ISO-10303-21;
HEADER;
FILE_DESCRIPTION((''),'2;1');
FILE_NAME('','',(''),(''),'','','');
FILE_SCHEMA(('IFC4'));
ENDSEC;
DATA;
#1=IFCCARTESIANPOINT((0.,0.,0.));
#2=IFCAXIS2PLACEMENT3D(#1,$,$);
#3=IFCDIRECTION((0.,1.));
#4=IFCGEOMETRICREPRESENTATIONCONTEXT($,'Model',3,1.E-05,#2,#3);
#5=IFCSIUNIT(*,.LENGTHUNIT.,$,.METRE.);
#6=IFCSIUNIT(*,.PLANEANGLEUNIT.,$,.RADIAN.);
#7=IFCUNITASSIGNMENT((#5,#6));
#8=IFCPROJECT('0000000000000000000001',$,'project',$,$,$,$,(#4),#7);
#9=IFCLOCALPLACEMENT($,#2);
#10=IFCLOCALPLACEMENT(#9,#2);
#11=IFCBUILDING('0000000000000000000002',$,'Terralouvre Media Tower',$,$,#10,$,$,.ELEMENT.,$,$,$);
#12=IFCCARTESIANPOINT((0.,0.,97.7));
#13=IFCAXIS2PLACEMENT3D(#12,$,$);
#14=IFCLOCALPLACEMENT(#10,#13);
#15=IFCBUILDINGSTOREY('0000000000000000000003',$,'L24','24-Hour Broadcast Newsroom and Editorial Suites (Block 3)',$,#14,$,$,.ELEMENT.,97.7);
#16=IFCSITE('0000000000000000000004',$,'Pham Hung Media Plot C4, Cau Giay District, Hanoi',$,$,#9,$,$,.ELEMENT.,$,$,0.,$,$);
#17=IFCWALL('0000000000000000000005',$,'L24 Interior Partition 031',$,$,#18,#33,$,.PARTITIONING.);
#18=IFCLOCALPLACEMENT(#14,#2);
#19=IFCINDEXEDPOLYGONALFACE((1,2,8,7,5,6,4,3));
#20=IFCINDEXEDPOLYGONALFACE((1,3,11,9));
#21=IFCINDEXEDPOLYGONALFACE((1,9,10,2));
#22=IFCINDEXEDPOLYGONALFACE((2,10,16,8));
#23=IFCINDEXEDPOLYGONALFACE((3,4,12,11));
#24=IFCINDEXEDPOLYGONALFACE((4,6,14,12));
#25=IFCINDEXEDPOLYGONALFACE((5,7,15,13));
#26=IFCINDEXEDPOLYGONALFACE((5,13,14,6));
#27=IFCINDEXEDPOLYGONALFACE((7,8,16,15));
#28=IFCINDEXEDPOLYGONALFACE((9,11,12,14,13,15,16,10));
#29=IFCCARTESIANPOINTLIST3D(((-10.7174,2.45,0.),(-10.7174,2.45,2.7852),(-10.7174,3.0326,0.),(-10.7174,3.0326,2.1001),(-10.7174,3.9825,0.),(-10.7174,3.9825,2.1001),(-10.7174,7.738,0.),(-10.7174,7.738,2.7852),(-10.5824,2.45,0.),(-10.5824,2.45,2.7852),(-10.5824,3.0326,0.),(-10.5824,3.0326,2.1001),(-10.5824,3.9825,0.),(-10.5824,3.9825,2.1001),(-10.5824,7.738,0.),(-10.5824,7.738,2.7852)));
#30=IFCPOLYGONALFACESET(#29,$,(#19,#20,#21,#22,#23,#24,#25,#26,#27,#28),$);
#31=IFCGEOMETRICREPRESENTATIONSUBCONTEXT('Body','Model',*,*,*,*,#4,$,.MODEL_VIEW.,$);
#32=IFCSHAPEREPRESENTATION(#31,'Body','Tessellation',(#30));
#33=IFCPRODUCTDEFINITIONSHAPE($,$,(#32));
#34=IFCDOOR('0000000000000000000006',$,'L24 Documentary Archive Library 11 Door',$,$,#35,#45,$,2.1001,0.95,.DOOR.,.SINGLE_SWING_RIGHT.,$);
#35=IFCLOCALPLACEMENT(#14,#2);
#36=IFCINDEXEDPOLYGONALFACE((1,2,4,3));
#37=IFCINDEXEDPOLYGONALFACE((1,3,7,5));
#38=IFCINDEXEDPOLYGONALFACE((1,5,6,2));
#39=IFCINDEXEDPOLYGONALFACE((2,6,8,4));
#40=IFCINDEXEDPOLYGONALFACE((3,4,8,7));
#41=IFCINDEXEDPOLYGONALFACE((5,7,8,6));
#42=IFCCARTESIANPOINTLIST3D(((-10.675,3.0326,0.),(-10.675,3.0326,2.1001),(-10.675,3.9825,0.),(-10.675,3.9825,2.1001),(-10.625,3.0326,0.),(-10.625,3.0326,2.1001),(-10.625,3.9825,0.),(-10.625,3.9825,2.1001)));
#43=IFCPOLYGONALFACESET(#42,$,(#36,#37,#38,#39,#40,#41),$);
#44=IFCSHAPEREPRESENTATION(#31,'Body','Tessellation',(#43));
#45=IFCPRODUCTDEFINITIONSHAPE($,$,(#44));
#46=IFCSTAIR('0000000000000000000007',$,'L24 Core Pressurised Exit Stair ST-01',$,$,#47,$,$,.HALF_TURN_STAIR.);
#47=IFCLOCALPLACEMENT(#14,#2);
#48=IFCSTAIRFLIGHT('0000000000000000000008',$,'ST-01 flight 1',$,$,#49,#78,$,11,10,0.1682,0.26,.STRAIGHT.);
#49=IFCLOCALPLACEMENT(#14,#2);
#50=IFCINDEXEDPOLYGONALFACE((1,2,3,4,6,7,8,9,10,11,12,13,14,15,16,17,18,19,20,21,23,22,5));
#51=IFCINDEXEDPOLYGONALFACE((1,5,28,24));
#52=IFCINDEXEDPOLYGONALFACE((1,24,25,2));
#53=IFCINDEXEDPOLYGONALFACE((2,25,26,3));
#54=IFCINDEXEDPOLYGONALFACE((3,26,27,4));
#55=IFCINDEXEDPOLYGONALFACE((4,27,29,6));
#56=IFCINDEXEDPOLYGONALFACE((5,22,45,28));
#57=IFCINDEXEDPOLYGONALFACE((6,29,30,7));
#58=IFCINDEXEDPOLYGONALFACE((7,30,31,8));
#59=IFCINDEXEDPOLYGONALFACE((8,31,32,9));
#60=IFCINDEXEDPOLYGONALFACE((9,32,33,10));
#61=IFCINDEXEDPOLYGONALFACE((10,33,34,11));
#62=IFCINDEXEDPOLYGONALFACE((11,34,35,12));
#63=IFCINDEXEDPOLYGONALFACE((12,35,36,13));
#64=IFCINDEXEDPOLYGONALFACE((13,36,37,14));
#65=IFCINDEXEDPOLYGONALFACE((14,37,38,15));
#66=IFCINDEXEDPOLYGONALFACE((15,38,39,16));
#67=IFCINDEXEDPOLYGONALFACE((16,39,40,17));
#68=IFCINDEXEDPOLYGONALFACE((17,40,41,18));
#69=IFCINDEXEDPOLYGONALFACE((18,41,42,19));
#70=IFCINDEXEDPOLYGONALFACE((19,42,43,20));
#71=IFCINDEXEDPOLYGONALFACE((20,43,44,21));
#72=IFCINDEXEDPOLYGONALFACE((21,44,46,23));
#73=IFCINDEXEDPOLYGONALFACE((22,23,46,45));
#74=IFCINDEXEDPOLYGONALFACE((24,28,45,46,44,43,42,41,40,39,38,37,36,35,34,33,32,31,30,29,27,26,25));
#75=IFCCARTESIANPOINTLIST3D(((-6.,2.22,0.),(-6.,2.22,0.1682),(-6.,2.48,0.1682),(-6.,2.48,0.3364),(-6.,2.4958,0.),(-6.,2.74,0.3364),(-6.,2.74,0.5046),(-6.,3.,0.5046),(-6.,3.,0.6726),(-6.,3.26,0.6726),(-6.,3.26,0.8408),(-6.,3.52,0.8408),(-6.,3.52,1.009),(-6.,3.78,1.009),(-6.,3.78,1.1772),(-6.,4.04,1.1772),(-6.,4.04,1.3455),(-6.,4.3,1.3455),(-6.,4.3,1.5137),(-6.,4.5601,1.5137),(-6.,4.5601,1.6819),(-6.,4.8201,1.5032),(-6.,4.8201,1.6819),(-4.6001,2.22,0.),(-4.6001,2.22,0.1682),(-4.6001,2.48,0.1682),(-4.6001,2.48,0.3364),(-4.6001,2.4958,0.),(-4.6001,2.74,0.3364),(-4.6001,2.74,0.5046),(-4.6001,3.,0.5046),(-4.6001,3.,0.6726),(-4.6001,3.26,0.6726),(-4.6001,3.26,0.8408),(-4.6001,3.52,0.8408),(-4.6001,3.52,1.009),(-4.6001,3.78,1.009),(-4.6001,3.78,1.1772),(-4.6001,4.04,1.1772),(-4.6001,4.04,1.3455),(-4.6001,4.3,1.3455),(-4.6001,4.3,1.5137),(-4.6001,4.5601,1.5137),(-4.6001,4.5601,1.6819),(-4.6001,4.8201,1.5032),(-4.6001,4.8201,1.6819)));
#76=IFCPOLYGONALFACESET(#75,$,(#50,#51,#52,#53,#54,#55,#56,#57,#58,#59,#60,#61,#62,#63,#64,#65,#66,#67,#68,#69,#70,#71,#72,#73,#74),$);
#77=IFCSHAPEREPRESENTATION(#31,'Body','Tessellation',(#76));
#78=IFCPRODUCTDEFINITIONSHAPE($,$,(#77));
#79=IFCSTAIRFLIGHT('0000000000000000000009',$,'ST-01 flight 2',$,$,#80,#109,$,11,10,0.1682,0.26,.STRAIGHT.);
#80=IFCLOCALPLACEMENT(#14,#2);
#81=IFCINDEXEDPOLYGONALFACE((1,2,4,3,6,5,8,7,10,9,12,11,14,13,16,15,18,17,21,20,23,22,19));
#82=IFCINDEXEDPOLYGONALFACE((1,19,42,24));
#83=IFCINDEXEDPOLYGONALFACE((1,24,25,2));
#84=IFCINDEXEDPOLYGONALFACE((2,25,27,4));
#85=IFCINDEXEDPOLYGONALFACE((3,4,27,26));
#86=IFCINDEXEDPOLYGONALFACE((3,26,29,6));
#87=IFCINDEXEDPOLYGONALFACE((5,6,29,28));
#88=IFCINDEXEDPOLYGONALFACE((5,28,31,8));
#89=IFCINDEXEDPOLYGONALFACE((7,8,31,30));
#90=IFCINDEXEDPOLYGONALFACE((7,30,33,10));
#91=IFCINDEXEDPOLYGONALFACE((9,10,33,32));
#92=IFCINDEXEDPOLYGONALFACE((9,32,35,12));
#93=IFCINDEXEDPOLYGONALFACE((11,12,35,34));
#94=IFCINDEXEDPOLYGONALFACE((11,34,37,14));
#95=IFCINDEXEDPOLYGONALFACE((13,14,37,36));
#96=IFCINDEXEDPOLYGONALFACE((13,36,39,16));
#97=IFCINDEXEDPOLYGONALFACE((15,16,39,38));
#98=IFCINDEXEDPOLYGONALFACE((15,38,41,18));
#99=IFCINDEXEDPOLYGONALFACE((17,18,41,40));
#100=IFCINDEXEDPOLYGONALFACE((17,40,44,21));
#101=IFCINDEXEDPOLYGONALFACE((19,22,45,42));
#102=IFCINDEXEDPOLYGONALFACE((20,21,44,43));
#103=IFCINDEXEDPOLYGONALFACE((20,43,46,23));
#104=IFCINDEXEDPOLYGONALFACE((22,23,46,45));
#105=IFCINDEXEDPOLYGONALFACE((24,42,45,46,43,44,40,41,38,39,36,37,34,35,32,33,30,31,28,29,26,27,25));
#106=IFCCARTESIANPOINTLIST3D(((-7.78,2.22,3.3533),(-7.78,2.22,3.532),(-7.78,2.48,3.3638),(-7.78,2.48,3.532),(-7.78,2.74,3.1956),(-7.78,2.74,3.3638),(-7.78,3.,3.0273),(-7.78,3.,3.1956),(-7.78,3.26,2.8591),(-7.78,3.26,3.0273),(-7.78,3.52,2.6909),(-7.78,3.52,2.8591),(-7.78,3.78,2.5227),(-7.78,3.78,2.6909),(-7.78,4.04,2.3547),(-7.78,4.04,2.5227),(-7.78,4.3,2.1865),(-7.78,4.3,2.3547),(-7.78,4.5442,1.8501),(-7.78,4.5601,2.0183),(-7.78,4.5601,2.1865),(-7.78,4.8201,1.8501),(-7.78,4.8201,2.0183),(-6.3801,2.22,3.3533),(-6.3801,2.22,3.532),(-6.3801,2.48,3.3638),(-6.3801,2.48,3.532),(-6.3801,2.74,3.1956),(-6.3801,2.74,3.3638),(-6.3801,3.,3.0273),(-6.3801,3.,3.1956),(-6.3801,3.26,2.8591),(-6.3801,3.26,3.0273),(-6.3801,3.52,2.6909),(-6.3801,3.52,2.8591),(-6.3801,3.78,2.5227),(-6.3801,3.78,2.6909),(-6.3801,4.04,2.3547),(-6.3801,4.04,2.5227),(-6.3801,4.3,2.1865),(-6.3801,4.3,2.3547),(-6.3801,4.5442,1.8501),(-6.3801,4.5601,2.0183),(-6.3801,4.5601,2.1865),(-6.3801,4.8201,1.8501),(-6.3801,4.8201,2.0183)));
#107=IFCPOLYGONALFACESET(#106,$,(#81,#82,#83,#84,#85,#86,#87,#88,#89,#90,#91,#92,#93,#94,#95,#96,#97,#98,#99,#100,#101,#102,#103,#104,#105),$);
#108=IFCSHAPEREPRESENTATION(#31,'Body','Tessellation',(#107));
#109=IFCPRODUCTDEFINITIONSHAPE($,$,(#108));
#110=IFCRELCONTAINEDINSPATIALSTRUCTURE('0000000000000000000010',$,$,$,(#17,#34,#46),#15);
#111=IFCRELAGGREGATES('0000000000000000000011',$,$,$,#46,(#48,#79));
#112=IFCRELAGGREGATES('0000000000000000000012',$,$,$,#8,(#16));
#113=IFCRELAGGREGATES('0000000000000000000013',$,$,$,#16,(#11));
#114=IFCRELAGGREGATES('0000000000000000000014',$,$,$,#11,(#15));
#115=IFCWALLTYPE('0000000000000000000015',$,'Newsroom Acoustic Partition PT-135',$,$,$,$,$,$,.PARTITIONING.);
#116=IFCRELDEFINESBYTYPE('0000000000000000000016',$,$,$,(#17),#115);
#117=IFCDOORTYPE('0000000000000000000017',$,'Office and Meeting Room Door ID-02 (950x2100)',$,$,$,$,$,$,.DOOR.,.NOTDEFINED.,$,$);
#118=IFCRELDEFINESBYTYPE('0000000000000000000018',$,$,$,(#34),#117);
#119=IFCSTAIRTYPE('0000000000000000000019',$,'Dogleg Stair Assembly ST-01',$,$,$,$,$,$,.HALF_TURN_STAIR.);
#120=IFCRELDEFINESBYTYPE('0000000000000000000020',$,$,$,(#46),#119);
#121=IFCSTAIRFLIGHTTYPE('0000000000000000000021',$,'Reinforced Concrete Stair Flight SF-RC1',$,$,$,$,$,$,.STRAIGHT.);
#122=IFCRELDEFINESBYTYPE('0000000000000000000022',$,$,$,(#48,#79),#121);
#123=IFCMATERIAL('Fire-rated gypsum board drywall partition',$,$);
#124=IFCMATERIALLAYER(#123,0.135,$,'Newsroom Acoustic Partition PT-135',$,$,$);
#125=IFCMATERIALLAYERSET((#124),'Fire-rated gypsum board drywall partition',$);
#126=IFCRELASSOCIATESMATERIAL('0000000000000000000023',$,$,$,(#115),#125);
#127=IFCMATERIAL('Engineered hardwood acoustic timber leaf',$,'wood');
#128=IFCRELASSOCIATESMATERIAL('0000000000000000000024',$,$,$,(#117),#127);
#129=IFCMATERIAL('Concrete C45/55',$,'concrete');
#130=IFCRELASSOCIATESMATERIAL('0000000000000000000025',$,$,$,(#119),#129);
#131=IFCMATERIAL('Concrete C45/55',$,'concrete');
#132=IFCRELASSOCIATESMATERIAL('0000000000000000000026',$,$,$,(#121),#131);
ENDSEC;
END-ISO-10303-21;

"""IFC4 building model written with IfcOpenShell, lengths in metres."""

from ifc_helpers import new_model, si_unit, direction, frame, frame_2d, origin, place, context, subcontext, project, spatial, polyline, rectangle, outline, extrude, material, layer, layer_set, type_object, element, fill, aggregate, save


model = new_model("IFC4")

# Units and contexts
model_context = context("Model", 3, precision=1e-05, world=origin(), true_north=direction((0.0, 1.0)))
body_context = subcontext(model_context, "Body", "Model", "MODEL_VIEW")
ifc_project = project(units=[si_unit("LENGTHUNIT", "METRE"), si_unit("PLANEANGLEUNIT", "RADIAN")], contexts=[model_context])

# Site, building, storey
site_placement = place(None, origin())
site = spatial("IfcSite", under=ifc_project, at=site_placement, Name="Pham Hung Media Plot C4, Cau Giay District, Hanoi", CompositionType="ELEMENT", RefElevation=0.0)
building_placement = place(site_placement, origin())
building = spatial("IfcBuilding", under=site, at=building_placement, Name="Terralouvre Media Tower", CompositionType="ELEMENT")
storey_placement = place(building_placement, frame((0.0, 0.0, 97.7)))
storey = spatial("IfcBuildingStorey", under=building, at=storey_placement, Name="L24", Description="24-Hour Broadcast Newsroom and Editorial Suites (Block 3)", CompositionType="ELEMENT", Elevation=97.7)

# Wall, opening, door
ifc_material_1 = material(Name="Fire-rated gypsum board drywall partition")
ifc_layer_1 = layer(ifc_material_1, 0.135, Name="Newsroom Acoustic Partition PT-135")
ifc_layer_set_1 = layer_set([ifc_layer_1], Name="Fire-rated gypsum board drywall partition")
wall_type_1 = type_object("IfcWallType", Name="Newsroom Acoustic Partition PT-135", PredefinedType="PARTITIONING", material=ifc_layer_set_1)
wall_1_placement = place(storey_placement, frame((-10.6499, 7.738, 0.0), z_axis=(0.0, 0.0, 1.0), x_axis=(0.0, -1.0, 0.0)))
wall_1 = element("IfcWall", 1, at=wall_1_placement, inside=storey, type_object=wall_type_1, Name="L24 Interior Partition 031", PredefinedType="PARTITIONING", context=body_context, shape_type="SweptSolid", body=[
    extrude(rectangle(XDim=5.2881, YDim=0.135, at=frame_2d((2.644, 0.0))), origin(), (0.0, 0.0, 1.0), 2.7852),
])
opening_1_placement = place(wall_1_placement, frame((3.7554, 0.0, 0.0)))
opening_1 = element("IfcOpeningElement", 2, at=opening_1_placement, cuts=wall_1, PredefinedType="OPENING", context=body_context, shape_type="SweptSolid", body=[
    extrude(rectangle(XDim=0.95, YDim=2.1001, at=frame_2d((0.4751, 1.05))), frame((0.0, 0.0774, 0.0), z_axis=(0.0, -1.0, 0.0), x_axis=(1.0, 0.0, 0.0)), (0.0, 0.0, 1.0), 0.155),
])
ifc_material_2 = material(Name="Engineered hardwood acoustic timber leaf", Category="wood")
door_type_1 = type_object("IfcDoorType", Name="Office and Meeting Room Door ID-02 (950x2100)", OperationType="NOTDEFINED", PredefinedType="DOOR", material=ifc_material_2)
door_1_placement = place(opening_1_placement, origin())
door_1 = element("IfcDoor", 3, at=door_1_placement, inside=storey, type_object=door_type_1, Name="L24 Documentary Archive Library 11 Door", OperationType="SINGLE_SWING_RIGHT", OverallHeight=2.1001, OverallWidth=0.95, PredefinedType="DOOR", context=body_context, shape_type="SweptSolid", body=[
    extrude(rectangle(XDim=0.95, YDim=2.1001, at=frame_2d((0.4751, 1.05))), frame((0.0, 0.0249, 0.0), z_axis=(0.0, -1.0, 0.0), x_axis=(1.0, 0.0, 0.0)), (0.0, 0.0, 1.0), 0.05),
])
fill(opening_1, door_1)

# Stair, stair flights
ifc_material_3 = material(Name="Concrete C45/55", Category="concrete")
stair_type = type_object("IfcStairType", Name="Dogleg Stair Assembly ST-01", PredefinedType="HALF_TURN_STAIR", material=ifc_material_3)
stair_placement = place(storey_placement, origin())
stair = element("IfcStair", 4, at=stair_placement, inside=storey, type_object=stair_type, Name="L24 Core Pressurised Exit Stair ST-01", PredefinedType="HALF_TURN_STAIR")
ifc_material_4 = material(Name="Concrete C45/55", Category="concrete")
stair_flight_type = type_object("IfcStairFlightType", Name="Reinforced Concrete Stair Flight SF-RC1", PredefinedType="STRAIGHT", material=ifc_material_4)
stair_flight_1_placement = place(storey_placement, frame((-5.3, 2.22, 0.0), z_axis=(0.0, 0.0, 1.0), x_axis=(0.0, 1.0, 0.0)))
stair_flight_1 = element("IfcStairFlight", 5, at=stair_flight_1_placement, type_object=stair_flight_type, Name="ST-01 flight 1", NumberOfRisers=11, NumberOfTreads=10, PredefinedType="STRAIGHT", RiserHeight=0.1682, TreadLength=0.26, context=body_context, shape_type="SweptSolid", body=[
    extrude(outline(polyline([(0.0, 0.0), (0.0, 0.1682), (0.26, 0.1682), (0.26, 0.3364), (0.52, 0.3364), (0.52, 0.5046), (0.78, 0.5046), (0.78, 0.6726), (1.04, 0.6726), (1.04, 0.8408), (1.3, 0.8408), (1.3, 1.009), (1.5601, 1.009), (1.5601, 1.1772), (1.8201, 1.1772), (1.8201, 1.3455), (2.0801, 1.3455), (2.0801, 1.5137), (2.3401, 1.5137), (2.3401, 1.6819), (2.6001, 1.6819), (2.6001, 1.8501), (2.6001, 1.5032), (0.2759, 0.0), (0.0, 0.0)])), frame((0.0, 0.7, 0.0), z_axis=(0.0, -1.0, 0.0), x_axis=(1.0, 0.0, 0.0)), (0.0, 0.0, 1.0), 1.3999),
])
stair_flight_2_placement = place(storey_placement, frame((-7.0801, 4.8201, 1.8501), z_axis=(0.0, 0.0, 1.0), x_axis=(0.0, -1.0, 0.0)))
stair_flight_2 = element("IfcStairFlight", 6, at=stair_flight_2_placement, type_object=stair_flight_type, Name="ST-01 flight 2", NumberOfRisers=11, NumberOfTreads=10, PredefinedType="STRAIGHT", RiserHeight=0.1682, TreadLength=0.26, context=body_context, shape_type="SweptSolid", body=[
    extrude(outline(polyline([(0.0, 0.0), (0.0, 0.1682), (0.26, 0.1682), (0.26, 0.3364), (0.52, 0.3364), (0.52, 0.5046), (0.78, 0.5046), (0.78, 0.6726), (1.04, 0.6726), (1.04, 0.8408), (1.3, 0.8408), (1.3, 1.009), (1.5601, 1.009), (1.5601, 1.1772), (1.8201, 1.1772), (1.8201, 1.3455), (2.0801, 1.3455), (2.0801, 1.5137), (2.3401, 1.5137), (2.3401, 1.6819), (2.6001, 1.6819), (2.6001, 1.8501), (2.6001, 1.5032), (0.2759, 0.0), (0.0, 0.0)])), frame((0.0, 0.7, 0.0), z_axis=(0.0, -1.0, 0.0), x_axis=(1.0, 0.0, 0.0)), (0.0, 0.0, 1.0), 1.3999),
])
aggregate(stair, [stair_flight_1, stair_flight_2])

save(model, "model.ifc")
